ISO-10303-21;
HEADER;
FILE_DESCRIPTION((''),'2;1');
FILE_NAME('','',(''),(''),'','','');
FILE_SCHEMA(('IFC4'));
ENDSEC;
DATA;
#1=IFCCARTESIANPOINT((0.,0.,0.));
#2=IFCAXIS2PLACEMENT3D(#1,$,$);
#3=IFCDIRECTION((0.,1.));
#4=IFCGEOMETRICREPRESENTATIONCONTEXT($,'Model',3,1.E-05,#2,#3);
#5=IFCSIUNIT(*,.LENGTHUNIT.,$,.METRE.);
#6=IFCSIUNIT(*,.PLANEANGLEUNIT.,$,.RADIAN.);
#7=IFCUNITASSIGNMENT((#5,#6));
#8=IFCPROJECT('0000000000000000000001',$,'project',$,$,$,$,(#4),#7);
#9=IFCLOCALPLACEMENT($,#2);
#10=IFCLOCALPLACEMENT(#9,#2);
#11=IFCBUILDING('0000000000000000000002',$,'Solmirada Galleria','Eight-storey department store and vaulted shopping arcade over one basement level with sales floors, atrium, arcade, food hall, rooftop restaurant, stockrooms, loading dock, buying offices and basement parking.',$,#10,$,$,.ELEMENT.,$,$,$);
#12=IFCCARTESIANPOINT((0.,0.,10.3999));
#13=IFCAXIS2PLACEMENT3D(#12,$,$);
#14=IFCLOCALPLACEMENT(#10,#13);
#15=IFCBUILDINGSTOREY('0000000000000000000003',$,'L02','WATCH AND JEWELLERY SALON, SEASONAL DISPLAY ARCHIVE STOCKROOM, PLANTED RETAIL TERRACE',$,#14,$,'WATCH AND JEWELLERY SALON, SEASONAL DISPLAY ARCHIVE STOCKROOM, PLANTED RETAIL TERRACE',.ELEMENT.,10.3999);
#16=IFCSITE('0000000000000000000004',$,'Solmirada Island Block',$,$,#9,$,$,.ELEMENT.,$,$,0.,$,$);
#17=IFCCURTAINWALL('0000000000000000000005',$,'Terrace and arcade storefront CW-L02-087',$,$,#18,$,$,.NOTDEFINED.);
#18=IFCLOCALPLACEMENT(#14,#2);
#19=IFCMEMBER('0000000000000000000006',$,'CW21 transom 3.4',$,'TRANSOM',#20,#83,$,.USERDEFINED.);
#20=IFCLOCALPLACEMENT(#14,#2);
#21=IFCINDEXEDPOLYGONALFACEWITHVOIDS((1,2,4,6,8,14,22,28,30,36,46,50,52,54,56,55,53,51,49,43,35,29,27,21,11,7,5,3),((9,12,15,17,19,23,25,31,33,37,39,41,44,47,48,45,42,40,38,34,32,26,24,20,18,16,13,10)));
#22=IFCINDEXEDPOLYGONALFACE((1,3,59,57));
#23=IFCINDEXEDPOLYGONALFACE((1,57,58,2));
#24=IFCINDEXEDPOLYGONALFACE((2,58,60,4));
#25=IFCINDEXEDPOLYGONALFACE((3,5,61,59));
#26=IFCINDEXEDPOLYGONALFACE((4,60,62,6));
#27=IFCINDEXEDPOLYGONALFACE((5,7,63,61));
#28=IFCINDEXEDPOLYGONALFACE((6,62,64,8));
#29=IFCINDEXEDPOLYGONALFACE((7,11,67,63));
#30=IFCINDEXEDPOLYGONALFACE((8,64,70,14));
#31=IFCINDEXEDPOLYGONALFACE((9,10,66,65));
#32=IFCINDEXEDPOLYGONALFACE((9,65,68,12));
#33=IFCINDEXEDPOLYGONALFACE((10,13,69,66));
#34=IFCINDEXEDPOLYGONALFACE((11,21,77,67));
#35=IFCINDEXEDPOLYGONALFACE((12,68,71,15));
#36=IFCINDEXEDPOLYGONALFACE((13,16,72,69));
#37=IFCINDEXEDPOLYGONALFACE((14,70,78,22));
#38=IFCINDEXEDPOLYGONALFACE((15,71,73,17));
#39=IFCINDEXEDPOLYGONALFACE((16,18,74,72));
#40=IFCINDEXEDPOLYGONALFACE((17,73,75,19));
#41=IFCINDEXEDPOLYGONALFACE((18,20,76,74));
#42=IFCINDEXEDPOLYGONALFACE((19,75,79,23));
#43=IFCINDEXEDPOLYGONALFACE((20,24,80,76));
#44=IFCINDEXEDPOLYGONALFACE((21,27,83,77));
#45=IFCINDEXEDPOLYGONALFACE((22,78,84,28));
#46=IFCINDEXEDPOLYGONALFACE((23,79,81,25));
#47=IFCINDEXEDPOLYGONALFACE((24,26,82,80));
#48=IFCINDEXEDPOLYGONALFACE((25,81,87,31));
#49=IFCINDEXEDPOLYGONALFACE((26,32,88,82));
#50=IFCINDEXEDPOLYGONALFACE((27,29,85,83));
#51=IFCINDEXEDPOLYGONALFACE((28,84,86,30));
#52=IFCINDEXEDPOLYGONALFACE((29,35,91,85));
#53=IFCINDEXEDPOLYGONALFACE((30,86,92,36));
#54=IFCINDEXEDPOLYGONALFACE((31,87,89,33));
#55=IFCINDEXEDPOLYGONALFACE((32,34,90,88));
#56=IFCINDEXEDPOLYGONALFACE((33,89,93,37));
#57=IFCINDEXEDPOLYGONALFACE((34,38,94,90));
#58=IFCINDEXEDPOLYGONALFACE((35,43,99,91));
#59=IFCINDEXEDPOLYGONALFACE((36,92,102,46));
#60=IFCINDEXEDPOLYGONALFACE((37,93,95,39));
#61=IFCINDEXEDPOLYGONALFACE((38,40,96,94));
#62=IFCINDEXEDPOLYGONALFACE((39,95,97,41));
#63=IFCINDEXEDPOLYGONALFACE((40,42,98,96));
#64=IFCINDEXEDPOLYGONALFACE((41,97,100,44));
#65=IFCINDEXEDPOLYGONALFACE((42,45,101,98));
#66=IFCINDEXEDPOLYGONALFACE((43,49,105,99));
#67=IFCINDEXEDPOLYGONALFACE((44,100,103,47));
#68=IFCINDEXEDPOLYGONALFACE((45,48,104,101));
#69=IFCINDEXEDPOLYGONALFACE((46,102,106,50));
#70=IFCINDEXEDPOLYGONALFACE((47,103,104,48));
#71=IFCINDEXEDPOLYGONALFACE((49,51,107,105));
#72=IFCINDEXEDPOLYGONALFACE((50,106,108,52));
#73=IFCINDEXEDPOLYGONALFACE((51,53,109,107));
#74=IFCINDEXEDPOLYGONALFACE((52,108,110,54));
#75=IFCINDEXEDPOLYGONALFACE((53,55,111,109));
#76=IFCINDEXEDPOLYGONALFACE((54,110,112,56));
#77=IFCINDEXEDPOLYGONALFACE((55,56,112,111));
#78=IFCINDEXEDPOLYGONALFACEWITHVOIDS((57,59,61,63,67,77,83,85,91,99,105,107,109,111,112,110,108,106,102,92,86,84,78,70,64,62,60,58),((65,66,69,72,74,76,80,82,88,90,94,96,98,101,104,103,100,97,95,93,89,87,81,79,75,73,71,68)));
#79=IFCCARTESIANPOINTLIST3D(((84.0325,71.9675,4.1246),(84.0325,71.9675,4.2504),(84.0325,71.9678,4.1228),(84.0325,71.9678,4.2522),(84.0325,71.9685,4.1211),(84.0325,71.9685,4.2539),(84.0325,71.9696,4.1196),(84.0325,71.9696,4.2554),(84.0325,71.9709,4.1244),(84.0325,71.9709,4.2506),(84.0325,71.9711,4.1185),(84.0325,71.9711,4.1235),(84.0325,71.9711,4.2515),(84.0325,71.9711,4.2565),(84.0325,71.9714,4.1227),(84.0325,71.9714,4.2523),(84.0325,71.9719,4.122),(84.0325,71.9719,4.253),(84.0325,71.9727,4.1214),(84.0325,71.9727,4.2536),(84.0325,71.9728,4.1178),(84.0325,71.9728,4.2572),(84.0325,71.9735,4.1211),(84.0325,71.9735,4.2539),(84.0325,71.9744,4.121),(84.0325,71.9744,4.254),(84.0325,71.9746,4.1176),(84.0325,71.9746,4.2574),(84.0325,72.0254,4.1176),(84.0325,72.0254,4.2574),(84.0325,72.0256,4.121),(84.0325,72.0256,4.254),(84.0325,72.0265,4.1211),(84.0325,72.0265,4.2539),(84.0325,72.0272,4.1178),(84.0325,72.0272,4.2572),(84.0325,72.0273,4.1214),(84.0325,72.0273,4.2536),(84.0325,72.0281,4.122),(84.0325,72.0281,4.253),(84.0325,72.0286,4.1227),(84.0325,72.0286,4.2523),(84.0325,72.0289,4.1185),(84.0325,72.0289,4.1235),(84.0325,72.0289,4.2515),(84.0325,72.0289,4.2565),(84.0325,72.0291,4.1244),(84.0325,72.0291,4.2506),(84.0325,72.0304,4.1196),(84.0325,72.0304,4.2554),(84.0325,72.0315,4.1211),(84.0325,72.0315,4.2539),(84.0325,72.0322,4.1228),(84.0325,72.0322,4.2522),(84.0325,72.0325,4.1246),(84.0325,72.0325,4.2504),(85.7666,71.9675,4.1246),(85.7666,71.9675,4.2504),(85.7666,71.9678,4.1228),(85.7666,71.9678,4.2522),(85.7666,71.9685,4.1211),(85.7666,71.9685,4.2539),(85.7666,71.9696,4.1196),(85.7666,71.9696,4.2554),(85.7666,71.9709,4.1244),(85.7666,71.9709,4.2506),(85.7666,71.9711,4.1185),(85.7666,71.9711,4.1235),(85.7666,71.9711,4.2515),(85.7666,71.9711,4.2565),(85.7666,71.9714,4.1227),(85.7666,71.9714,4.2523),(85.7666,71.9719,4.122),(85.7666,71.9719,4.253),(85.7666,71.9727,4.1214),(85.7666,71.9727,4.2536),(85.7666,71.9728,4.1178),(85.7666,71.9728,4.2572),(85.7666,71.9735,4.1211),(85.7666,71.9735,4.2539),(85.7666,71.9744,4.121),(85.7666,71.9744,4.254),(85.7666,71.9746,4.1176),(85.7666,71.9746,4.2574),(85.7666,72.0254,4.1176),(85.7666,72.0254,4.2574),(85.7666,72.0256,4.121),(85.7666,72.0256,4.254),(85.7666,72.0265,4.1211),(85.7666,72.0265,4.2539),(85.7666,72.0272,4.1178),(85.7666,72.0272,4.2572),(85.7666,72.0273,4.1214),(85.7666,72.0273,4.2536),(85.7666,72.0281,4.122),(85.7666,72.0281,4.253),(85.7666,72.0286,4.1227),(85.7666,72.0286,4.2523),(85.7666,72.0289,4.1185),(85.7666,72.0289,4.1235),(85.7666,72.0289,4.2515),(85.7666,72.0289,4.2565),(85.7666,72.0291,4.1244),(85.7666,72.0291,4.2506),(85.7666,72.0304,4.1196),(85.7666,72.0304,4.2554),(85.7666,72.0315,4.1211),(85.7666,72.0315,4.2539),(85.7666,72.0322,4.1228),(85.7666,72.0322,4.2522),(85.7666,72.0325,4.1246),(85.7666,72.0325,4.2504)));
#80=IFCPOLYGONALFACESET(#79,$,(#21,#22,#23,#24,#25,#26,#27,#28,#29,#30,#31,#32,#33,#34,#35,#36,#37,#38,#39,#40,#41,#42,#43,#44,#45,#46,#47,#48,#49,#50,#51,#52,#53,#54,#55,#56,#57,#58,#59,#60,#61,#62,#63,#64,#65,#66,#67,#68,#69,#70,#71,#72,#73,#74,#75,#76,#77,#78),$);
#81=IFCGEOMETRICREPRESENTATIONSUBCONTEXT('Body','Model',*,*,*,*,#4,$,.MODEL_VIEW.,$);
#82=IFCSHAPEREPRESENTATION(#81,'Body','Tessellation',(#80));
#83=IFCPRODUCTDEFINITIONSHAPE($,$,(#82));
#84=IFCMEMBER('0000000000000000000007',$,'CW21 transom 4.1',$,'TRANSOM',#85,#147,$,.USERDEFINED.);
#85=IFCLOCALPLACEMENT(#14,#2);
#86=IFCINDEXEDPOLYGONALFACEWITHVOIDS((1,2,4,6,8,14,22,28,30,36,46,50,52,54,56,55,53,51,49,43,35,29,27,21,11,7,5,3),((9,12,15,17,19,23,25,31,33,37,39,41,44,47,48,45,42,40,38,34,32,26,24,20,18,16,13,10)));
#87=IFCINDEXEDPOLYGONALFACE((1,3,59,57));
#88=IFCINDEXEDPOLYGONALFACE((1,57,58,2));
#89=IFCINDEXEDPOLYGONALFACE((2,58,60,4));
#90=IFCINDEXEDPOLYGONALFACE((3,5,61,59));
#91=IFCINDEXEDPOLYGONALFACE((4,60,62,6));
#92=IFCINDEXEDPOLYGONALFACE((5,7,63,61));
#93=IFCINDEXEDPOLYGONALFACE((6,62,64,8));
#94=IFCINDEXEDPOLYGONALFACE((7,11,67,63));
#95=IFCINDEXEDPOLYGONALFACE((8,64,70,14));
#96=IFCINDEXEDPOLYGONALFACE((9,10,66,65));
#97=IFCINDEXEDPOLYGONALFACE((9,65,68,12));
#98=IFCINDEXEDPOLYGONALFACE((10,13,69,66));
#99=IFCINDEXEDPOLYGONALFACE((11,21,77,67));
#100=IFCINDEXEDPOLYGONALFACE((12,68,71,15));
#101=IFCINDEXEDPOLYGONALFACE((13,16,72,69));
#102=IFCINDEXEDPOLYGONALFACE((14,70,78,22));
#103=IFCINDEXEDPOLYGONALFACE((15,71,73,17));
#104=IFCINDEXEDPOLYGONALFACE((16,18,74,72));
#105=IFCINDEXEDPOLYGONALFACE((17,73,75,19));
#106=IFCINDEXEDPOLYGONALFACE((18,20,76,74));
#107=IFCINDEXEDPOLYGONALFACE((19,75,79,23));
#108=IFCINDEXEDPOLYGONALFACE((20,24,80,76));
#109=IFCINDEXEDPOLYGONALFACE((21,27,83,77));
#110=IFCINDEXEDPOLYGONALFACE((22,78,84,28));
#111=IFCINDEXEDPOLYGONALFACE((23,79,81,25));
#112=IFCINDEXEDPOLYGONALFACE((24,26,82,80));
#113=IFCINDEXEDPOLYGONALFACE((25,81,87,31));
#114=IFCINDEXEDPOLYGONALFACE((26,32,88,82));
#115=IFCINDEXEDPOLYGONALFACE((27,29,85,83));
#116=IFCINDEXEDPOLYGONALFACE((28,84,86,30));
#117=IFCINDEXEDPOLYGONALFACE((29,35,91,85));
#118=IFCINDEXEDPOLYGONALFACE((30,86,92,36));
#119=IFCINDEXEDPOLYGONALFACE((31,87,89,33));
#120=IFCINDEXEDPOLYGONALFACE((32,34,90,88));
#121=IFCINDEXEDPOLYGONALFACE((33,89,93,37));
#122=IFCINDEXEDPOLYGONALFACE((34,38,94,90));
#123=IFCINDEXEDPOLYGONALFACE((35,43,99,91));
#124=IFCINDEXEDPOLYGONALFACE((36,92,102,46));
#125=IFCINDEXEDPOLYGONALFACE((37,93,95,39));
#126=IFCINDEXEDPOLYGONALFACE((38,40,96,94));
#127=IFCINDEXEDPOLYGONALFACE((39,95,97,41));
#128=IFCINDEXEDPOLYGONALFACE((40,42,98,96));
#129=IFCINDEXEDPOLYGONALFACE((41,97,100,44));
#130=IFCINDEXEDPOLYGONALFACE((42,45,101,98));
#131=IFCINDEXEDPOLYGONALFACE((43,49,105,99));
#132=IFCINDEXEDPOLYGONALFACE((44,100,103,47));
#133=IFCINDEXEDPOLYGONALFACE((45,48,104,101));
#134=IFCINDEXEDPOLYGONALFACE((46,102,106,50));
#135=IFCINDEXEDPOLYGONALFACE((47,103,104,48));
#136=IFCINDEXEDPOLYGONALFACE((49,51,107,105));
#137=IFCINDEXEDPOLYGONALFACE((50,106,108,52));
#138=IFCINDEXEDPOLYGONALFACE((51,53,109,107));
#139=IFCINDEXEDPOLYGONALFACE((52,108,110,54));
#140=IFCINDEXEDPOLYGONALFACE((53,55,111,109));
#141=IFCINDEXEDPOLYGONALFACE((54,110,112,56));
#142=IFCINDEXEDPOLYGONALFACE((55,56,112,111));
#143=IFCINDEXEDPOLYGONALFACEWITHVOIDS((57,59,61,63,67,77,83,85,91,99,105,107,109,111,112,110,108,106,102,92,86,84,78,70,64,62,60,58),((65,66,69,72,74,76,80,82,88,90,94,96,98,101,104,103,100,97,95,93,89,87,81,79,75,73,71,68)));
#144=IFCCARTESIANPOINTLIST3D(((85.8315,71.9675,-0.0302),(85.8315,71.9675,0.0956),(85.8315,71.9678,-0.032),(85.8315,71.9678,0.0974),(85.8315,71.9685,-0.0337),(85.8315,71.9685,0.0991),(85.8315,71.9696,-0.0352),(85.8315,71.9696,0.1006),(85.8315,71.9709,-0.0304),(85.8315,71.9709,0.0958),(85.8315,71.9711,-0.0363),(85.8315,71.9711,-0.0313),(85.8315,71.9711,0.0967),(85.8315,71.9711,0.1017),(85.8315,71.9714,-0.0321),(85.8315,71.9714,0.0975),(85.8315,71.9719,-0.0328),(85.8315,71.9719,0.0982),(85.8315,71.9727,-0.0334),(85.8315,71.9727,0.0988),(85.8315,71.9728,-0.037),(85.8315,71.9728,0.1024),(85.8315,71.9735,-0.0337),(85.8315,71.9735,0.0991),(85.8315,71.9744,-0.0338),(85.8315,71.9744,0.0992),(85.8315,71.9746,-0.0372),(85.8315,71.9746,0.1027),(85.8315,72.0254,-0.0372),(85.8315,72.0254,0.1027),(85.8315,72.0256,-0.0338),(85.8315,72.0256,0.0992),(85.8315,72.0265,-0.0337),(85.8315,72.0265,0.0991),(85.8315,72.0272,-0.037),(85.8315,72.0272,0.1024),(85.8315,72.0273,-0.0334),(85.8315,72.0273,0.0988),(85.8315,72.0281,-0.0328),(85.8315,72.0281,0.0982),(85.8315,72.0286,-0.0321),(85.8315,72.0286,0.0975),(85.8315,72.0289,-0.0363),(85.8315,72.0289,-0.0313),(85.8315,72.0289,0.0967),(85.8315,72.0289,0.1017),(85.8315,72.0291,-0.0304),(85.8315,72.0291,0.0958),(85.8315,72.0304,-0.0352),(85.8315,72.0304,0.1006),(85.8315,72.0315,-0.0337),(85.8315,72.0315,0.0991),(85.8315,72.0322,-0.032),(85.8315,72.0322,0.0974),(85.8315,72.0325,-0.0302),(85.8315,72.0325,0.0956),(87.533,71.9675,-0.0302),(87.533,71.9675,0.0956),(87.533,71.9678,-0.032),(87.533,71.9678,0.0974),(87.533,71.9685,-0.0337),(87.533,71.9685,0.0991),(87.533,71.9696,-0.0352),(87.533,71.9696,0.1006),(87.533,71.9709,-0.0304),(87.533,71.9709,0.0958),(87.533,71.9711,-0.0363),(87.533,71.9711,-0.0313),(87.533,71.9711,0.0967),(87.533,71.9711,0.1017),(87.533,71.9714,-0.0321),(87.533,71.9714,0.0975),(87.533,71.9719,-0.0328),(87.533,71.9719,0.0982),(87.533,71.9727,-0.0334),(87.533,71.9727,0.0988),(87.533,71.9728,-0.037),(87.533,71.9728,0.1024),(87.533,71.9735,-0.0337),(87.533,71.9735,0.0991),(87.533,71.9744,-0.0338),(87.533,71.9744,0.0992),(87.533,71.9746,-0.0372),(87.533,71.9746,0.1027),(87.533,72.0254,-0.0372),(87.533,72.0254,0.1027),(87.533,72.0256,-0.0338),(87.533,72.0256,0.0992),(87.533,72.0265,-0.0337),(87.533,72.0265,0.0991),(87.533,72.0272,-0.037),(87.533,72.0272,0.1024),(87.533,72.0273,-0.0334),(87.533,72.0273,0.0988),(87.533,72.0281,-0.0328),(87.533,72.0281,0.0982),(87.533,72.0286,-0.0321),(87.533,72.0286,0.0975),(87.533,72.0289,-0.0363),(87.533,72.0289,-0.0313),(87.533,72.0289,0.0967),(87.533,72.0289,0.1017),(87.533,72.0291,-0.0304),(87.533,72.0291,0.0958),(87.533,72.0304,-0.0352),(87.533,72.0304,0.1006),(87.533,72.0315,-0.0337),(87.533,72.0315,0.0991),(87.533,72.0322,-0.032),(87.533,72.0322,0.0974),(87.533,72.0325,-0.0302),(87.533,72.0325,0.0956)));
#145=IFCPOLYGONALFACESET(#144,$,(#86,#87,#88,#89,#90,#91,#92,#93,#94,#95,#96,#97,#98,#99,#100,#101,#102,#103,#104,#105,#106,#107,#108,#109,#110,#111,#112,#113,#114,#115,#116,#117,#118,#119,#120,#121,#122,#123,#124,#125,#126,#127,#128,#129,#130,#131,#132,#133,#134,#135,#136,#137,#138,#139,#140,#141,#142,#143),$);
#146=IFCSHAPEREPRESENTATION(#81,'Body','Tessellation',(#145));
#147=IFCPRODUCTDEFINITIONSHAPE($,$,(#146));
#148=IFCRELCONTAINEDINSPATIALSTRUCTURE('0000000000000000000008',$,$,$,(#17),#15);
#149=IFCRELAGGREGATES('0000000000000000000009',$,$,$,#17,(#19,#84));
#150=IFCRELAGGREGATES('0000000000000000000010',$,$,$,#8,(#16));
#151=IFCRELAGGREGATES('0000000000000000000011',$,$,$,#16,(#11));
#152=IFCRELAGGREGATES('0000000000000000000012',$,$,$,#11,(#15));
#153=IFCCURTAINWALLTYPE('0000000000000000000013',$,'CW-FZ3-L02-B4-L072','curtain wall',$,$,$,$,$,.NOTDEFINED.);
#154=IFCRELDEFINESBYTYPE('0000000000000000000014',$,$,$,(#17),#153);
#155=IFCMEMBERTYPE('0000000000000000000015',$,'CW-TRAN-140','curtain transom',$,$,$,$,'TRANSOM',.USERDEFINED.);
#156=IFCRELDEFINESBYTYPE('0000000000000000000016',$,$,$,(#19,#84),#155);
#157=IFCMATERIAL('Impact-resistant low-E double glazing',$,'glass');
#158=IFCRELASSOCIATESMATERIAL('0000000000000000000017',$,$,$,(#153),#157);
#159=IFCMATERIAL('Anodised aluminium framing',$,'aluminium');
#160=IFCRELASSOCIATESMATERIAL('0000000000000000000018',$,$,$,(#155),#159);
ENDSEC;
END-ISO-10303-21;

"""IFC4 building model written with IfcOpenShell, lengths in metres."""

from ifc_helpers import new_model, si_unit, direction, frame, origin, origin_2d, place, context, subcontext, project, spatial, hollow_rectangle, extrude, material, material_profile, profile_set, type_object, element, aggregate, save


model = new_model("IFC4")

# Units and contexts
model_context = context("Model", 3, precision=1e-05, world=origin(), true_north=direction((0.0, 1.0)))
body_context = subcontext(model_context, "Body", "Model", "MODEL_VIEW")
ifc_project = project(units=[si_unit("LENGTHUNIT", "METRE"), si_unit("PLANEANGLEUNIT", "RADIAN")], contexts=[model_context])

# Site, building, storey
site_placement = place(None, origin())
site = spatial("IfcSite", under=ifc_project, at=site_placement, Name="Solmirada Island Block", CompositionType="ELEMENT", RefElevation=0.0)
building_placement = place(site_placement, origin())
building = spatial("IfcBuilding", under=site, at=building_placement, Name="Solmirada Galleria", Description="Eight-storey department store and vaulted shopping arcade over one basement level with sales floors, atrium, arcade, food hall, rooftop restaurant, stockrooms, loading dock, buying offices and basement parking.", CompositionType="ELEMENT")
storey_placement = place(building_placement, frame((0.0, 0.0, 10.3999)))
storey = spatial("IfcBuildingStorey", under=building, at=storey_placement, Name="L02", Description="WATCH AND JEWELLERY SALON, SEASONAL DISPLAY ARCHIVE STOCKROOM, PLANTED RETAIL TERRACE", LongName="WATCH AND JEWELLERY SALON, SEASONAL DISPLAY ARCHIVE STOCKROOM, PLANTED RETAIL TERRACE", CompositionType="ELEMENT", Elevation=10.3999)

# Curtain wall, members
ifc_material_1 = material(Name="Impact-resistant low-E double glazing", Category="glass")
curtain_wall_type = type_object("IfcCurtainWallType", Name="CW-FZ3-L02-B4-L072", Description="curtain wall", PredefinedType="NOTDEFINED", material=ifc_material_1)
curtain_wall_placement = place(storey_placement, origin())
curtain_wall = element("IfcCurtainWall", 1, at=curtain_wall_placement, inside=storey, type_object=curtain_wall_type, Name="Terrace and arcade storefront CW-L02-087", PredefinedType="NOTDEFINED")
ifc_material_2 = material(Name="Anodised aluminium framing", Category="aluminium")
ifc_material_profile_1 = material_profile(ifc_material_2, hollow_rectangle(XDim=0.0649, YDim=0.1399, WallThickness=0.0034, InnerFilletRadius=0.0034, OuterFilletRadius=0.0071, at=origin_2d()), Name="ALU-TRAN-140X65")
ifc_profile_set_1 = profile_set([ifc_material_profile_1], Name="Anodised aluminium framing")
member_type_1 = type_object("IfcMemberType", Name="CW-TRAN-140", Description="curtain transom", ElementType="TRANSOM", PredefinedType="USERDEFINED", material=ifc_profile_set_1)
member_1_placement = place(storey_placement, frame((84.0325, 72.0, 4.1875), z_axis=(1.0, 0.0, 0.0), x_axis=(0.0, 1.0, 0.0)))
member_1 = element("IfcMember", 2, at=member_1_placement, type_object=member_type_1, Name="CW21 transom 3.4", ObjectType="TRANSOM", PredefinedType="USERDEFINED", context=body_context, shape_type="SweptSolid", body=[
    extrude(hollow_rectangle(XDim=0.0649, YDim=0.1399, WallThickness=0.0034, InnerFilletRadius=0.0034, OuterFilletRadius=0.0071, at=origin_2d()), origin(), (0.0, 0.0, 1.0), 1.7341),
])
member_2_placement = place(storey_placement, frame((85.8315, 72.0, 0.0327), z_axis=(1.0, 0.0, 0.0), x_axis=(0.0, 1.0, 0.0)))
member_2 = element("IfcMember", 3, at=member_2_placement, type_object=member_type_1, Name="CW21 transom 4.1", ObjectType="TRANSOM", PredefinedType="USERDEFINED", context=body_context, shape_type="SweptSolid", body=[
    extrude(hollow_rectangle(XDim=0.0649, YDim=0.1399, WallThickness=0.0034, InnerFilletRadius=0.0034, OuterFilletRadius=0.0071, at=origin_2d()), origin(), (0.0, 0.0, 1.0), 1.7014),
])
aggregate(curtain_wall, [member_1, member_2])

save(model, "model.ifc")
